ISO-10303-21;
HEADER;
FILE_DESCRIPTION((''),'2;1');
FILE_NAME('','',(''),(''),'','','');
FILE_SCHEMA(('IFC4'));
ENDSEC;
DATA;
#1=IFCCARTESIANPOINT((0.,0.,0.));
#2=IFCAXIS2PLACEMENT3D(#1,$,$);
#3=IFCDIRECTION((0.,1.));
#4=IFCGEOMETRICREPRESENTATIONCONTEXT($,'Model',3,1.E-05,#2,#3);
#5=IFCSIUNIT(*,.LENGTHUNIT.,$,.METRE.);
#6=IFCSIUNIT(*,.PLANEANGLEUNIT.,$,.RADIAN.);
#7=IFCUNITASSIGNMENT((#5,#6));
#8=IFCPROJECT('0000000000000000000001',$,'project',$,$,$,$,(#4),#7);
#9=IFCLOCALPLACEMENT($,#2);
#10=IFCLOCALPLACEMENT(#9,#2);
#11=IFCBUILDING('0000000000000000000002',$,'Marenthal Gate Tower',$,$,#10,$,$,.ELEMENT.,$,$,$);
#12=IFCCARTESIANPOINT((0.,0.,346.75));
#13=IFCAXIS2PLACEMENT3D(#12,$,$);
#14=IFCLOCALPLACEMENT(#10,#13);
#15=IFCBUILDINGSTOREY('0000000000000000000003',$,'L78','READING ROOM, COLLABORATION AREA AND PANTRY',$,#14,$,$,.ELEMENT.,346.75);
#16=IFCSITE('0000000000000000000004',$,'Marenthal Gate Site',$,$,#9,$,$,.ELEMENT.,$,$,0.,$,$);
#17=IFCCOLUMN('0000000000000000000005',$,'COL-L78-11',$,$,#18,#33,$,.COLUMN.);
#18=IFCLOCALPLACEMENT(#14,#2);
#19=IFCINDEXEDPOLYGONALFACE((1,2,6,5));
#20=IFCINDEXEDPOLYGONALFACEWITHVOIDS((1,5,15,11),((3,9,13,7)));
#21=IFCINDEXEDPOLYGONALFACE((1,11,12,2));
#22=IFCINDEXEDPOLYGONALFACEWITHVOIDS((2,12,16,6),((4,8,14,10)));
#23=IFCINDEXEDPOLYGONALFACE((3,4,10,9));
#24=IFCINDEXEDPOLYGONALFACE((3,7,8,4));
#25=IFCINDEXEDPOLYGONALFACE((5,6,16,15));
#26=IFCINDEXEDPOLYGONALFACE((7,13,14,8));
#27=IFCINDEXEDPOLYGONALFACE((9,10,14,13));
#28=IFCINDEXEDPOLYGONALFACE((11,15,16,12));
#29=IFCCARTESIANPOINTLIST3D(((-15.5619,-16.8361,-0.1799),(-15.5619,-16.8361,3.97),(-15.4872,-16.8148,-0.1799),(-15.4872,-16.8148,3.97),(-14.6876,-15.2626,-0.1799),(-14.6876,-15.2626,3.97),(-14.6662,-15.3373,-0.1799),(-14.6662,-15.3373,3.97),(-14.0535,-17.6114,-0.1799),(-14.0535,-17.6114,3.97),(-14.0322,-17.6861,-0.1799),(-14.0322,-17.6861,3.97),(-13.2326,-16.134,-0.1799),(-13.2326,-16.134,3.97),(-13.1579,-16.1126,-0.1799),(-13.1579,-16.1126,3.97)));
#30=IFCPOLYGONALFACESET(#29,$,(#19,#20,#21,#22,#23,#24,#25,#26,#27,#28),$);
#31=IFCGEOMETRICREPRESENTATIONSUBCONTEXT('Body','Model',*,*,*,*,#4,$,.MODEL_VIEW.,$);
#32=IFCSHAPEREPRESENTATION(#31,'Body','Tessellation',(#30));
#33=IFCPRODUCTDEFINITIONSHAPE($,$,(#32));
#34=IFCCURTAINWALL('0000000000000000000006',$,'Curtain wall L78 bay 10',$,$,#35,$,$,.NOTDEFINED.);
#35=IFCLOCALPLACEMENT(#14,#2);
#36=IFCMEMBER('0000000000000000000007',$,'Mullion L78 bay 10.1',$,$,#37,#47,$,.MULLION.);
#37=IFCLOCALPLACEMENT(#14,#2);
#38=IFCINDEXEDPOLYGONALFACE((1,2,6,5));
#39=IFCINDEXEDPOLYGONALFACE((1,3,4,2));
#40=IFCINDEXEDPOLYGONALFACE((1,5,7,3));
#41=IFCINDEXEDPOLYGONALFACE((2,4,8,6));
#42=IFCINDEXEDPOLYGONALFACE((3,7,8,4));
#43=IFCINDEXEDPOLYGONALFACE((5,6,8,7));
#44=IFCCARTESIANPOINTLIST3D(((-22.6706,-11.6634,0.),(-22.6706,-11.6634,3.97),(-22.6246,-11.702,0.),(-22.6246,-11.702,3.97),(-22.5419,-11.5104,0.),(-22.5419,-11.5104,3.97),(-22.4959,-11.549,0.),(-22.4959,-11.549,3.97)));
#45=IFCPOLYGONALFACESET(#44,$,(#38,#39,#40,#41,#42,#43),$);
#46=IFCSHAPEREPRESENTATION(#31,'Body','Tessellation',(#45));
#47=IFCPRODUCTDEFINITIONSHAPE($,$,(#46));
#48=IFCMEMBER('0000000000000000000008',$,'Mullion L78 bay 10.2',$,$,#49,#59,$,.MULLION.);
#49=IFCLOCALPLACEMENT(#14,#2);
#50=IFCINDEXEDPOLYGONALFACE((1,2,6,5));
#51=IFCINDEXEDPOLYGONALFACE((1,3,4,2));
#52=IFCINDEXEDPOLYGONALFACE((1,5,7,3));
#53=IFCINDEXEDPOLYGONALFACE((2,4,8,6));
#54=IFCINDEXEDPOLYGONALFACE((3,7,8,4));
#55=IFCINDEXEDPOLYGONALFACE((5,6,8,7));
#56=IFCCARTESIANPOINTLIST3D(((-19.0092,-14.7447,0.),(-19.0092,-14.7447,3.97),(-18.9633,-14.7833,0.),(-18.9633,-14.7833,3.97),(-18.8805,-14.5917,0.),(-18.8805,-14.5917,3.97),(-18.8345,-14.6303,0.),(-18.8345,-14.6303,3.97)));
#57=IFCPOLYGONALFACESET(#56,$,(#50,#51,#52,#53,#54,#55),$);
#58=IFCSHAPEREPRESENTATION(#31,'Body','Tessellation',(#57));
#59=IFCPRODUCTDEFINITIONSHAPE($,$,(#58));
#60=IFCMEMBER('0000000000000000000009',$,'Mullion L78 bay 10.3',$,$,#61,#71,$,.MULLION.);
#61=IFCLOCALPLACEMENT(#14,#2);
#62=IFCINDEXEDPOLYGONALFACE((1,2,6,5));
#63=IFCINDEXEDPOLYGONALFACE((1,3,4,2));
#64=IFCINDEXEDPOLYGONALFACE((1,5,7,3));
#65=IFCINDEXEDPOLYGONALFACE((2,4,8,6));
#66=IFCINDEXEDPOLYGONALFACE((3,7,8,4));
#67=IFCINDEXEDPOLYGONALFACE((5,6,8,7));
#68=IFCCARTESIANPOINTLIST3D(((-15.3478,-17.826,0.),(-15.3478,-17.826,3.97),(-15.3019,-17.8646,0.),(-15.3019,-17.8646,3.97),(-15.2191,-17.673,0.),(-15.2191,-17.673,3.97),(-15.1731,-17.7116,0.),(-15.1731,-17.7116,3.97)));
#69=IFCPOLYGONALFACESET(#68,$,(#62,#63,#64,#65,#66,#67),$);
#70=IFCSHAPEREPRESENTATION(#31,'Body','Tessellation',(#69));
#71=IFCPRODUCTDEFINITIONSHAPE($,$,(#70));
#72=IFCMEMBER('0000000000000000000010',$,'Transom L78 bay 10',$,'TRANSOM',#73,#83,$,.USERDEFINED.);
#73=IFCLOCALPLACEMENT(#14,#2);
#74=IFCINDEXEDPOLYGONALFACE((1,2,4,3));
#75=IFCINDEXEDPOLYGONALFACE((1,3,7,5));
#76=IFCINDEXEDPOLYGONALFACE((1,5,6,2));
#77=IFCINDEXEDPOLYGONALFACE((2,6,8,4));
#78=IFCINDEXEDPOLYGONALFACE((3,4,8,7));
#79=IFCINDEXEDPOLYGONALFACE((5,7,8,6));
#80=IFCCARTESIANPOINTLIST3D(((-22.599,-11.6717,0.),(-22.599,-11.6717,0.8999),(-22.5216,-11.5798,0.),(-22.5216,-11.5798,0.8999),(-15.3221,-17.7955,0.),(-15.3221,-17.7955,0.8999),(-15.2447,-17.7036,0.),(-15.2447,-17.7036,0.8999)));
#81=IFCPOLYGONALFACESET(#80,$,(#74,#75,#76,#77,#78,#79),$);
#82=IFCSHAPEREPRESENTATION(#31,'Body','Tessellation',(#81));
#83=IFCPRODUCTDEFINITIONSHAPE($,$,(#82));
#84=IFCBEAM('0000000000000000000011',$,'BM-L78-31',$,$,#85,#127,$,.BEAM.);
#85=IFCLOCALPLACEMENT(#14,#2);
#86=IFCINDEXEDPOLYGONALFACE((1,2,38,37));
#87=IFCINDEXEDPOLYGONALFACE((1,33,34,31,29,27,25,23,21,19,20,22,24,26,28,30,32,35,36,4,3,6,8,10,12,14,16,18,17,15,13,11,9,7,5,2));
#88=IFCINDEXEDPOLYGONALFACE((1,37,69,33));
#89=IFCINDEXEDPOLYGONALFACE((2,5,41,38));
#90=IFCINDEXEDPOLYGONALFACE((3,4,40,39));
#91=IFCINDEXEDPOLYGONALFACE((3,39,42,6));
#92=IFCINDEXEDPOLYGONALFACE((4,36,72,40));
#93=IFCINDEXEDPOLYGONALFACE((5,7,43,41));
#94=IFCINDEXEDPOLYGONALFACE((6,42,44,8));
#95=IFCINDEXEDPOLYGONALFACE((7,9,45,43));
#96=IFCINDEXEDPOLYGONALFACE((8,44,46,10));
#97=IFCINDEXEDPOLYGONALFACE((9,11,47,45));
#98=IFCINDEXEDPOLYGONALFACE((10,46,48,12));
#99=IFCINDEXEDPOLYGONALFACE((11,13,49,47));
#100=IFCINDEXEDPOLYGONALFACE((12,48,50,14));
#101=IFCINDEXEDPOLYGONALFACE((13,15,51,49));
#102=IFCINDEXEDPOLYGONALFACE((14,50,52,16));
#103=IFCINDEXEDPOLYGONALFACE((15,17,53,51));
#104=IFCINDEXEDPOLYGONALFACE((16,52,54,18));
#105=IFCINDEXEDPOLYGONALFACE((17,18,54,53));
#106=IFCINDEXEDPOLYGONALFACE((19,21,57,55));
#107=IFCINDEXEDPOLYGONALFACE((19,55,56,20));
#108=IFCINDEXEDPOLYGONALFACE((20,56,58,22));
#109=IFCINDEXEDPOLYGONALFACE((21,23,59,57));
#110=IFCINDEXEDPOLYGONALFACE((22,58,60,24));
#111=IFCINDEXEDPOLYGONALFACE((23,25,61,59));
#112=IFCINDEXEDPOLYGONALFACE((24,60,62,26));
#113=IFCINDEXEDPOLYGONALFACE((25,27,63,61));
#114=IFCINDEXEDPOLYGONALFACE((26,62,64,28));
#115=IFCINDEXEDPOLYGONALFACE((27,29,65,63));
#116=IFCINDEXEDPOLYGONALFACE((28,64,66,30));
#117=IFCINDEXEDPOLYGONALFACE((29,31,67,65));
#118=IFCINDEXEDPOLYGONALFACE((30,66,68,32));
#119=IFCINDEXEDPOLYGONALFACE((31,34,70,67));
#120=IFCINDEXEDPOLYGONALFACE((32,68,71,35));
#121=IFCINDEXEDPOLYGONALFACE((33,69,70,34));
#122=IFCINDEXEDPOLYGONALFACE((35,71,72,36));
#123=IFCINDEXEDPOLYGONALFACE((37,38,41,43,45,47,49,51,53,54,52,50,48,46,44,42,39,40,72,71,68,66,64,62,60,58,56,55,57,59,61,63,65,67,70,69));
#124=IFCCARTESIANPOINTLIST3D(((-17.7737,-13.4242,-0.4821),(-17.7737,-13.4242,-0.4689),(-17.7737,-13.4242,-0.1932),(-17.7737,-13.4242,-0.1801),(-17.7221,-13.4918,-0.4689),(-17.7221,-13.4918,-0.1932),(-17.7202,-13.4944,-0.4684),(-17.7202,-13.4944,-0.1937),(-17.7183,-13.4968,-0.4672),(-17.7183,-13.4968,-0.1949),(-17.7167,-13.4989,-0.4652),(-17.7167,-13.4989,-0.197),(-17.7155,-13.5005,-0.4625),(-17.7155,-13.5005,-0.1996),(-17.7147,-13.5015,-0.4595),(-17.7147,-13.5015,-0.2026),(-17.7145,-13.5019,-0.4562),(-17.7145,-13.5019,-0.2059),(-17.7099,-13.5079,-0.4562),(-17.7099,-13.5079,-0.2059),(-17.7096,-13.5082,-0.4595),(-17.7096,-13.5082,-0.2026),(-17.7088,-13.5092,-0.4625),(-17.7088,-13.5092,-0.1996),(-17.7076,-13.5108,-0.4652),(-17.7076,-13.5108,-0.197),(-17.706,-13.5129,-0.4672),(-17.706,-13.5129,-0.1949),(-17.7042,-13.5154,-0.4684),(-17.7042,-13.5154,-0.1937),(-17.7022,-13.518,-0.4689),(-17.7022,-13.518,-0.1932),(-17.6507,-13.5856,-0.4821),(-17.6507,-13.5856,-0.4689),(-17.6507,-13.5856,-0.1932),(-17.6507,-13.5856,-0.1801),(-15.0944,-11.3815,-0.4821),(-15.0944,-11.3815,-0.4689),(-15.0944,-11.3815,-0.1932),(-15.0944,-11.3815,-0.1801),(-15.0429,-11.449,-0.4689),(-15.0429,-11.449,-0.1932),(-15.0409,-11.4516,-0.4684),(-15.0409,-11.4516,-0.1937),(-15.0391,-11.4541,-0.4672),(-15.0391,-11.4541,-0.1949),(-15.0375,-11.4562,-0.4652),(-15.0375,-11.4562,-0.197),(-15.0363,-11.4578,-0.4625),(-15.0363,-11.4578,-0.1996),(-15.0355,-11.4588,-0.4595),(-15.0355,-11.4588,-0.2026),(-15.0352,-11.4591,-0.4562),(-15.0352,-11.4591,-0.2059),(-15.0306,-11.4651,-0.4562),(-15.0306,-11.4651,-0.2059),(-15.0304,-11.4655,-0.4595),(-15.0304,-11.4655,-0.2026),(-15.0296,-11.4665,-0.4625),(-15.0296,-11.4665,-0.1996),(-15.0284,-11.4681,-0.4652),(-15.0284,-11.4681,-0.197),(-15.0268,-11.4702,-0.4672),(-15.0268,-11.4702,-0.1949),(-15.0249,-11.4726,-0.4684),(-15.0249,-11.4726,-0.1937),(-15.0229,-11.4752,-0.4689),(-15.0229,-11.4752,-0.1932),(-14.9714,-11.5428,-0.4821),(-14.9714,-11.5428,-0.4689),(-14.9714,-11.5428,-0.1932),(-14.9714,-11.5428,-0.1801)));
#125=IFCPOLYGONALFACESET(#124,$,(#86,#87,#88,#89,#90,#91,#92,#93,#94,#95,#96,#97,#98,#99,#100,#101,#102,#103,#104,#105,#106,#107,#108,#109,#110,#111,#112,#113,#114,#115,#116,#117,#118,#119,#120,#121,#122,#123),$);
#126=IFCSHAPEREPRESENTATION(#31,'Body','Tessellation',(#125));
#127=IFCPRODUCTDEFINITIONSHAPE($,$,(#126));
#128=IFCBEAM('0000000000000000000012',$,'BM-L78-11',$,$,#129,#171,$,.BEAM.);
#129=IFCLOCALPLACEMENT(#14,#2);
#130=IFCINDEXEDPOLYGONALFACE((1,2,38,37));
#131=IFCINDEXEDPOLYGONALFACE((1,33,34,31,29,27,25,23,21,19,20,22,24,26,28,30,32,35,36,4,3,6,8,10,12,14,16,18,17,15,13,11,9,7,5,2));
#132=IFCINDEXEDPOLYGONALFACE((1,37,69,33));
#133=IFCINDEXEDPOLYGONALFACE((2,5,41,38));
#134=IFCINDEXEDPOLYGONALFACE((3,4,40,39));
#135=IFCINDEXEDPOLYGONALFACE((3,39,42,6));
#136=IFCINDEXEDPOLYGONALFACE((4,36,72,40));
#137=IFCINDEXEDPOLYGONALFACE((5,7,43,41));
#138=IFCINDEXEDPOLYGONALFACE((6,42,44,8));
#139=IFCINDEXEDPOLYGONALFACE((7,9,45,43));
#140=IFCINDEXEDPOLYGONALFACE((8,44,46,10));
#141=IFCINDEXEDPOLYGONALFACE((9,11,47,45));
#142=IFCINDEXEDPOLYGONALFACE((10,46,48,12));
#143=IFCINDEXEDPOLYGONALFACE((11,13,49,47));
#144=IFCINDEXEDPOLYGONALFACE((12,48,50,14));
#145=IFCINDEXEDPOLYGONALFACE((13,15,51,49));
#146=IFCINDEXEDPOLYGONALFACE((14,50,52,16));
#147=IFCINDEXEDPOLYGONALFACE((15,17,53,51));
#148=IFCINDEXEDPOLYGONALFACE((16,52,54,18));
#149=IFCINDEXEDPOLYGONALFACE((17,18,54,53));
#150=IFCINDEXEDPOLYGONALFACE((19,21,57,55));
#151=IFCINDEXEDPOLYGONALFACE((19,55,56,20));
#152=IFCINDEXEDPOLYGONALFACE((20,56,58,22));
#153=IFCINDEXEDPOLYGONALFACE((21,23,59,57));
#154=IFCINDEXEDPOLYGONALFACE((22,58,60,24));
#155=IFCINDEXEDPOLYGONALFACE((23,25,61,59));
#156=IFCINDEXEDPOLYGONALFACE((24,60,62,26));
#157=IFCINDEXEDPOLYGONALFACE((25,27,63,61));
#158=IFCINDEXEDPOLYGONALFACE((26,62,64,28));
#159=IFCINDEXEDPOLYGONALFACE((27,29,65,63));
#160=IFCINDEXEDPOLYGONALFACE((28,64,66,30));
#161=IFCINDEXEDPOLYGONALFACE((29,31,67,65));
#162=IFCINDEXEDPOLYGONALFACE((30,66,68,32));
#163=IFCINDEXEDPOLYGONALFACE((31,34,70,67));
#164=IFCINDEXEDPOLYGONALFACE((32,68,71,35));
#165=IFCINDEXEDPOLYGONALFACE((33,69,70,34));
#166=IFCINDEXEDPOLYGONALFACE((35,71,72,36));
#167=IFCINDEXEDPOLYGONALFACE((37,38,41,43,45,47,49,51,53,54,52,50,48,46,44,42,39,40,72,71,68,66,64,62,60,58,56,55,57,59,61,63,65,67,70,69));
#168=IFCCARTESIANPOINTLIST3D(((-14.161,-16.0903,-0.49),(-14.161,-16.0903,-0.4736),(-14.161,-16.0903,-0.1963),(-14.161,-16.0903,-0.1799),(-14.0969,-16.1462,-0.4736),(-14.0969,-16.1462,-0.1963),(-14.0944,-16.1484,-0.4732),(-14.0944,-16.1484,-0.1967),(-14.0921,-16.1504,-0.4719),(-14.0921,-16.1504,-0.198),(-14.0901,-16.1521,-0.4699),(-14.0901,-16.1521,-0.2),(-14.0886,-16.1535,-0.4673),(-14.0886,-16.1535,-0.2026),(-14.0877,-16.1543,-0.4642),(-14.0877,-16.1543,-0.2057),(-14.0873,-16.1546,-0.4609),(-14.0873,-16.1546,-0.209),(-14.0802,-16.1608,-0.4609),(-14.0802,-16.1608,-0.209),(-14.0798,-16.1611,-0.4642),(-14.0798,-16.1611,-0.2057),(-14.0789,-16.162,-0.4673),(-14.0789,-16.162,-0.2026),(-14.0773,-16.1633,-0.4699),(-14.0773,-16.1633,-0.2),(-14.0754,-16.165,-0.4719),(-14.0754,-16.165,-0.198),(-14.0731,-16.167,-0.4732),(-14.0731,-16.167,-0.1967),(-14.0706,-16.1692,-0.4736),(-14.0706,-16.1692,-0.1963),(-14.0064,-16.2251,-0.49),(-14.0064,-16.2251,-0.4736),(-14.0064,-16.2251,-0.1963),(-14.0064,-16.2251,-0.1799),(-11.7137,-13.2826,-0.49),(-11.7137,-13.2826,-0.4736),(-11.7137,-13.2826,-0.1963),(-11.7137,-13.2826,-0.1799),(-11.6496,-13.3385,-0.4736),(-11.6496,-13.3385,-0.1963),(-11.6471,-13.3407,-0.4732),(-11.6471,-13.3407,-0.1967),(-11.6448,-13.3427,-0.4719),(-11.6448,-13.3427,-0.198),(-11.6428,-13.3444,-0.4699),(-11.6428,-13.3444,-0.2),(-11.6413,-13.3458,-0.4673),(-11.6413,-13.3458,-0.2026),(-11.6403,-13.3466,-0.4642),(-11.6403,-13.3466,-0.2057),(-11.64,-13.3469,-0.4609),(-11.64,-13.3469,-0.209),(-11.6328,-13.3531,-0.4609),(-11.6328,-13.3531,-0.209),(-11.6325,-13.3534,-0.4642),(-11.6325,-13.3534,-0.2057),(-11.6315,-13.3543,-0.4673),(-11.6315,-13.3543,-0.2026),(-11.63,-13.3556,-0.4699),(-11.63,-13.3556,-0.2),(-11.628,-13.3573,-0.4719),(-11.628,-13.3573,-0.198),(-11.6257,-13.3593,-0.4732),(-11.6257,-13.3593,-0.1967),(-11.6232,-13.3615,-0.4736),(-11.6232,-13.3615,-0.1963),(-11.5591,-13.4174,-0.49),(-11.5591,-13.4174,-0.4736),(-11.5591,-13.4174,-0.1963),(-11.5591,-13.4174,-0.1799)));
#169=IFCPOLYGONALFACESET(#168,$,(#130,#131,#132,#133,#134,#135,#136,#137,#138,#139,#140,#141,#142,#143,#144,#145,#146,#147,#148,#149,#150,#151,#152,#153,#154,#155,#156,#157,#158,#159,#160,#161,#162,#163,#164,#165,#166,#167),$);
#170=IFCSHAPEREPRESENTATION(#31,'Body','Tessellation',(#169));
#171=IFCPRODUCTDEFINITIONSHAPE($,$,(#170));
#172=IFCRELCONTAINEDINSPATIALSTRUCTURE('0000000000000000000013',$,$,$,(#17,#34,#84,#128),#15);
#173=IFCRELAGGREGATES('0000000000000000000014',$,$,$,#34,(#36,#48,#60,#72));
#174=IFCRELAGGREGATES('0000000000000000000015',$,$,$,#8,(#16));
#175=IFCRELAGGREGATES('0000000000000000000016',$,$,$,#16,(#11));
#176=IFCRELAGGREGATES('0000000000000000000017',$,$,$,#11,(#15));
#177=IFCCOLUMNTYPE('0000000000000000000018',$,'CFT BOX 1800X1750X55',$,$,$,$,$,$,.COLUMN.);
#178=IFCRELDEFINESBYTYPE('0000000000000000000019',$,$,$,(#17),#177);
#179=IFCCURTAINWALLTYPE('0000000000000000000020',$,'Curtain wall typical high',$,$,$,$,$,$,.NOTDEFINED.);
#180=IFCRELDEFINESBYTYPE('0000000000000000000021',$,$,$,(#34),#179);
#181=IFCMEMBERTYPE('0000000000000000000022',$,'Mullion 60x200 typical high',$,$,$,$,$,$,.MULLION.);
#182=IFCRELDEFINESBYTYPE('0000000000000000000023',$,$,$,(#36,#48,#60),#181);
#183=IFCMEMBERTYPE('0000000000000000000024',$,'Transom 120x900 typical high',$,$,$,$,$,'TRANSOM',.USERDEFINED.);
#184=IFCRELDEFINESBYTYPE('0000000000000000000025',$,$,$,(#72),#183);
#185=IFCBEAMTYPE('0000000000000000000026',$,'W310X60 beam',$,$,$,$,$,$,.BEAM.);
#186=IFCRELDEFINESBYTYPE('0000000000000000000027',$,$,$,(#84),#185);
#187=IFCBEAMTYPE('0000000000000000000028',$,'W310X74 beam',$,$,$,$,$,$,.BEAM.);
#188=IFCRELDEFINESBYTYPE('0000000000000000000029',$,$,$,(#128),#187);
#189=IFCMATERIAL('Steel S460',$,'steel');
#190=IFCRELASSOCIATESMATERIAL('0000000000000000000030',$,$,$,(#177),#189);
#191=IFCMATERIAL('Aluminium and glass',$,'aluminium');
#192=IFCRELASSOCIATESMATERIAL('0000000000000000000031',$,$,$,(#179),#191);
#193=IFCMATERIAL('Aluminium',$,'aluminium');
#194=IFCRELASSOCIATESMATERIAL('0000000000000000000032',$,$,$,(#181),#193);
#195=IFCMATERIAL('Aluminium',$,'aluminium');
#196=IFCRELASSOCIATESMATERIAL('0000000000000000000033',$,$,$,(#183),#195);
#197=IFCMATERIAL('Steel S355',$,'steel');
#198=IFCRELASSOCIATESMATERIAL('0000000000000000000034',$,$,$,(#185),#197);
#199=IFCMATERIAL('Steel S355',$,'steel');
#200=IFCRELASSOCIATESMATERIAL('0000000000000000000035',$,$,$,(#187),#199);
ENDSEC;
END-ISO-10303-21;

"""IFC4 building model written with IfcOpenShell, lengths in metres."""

from ifc_helpers import new_model, si_unit, direction, frame, origin, origin_2d, place, context, subcontext, project, spatial, rectangle, hollow_rectangle, i_section, extrude, material, material_profile, profile_set, type_object, element, aggregate, save


model = new_model("IFC4")

# Units and contexts
model_context = context("Model", 3, precision=1e-05, world=origin(), true_north=direction((0.0, 1.0)))
body_context = subcontext(model_context, "Body", "Model", "MODEL_VIEW")
ifc_project = project(units=[si_unit("LENGTHUNIT", "METRE"), si_unit("PLANEANGLEUNIT", "RADIAN")], contexts=[model_context])

# Site, building, storey
site_placement = place(None, origin())
site = spatial("IfcSite", under=ifc_project, at=site_placement, Name="Marenthal Gate Site", CompositionType="ELEMENT", RefElevation=0.0)
building_placement = place(site_placement, origin())
building = spatial("IfcBuilding", under=site, at=building_placement, Name="Marenthal Gate Tower", CompositionType="ELEMENT")
storey_placement = place(building_placement, frame((0.0, 0.0, 346.75)))
storey = spatial("IfcBuildingStorey", under=building, at=storey_placement, Name="L78", Description="READING ROOM, COLLABORATION AREA AND PANTRY", CompositionType="ELEMENT", Elevation=346.75)

# Column
ifc_material_1 = material(Name="Steel S460", Category="steel")
ifc_material_profile_1 = material_profile(ifc_material_1, hollow_rectangle(XDim=1.75, YDim=1.8, WallThickness=0.0549, at=origin_2d()), Name="CFT BOX 1800X1750X55")
ifc_material_2 = material(Name="Concrete 70 MPa", Category="concrete")
ifc_material_profile_2 = material_profile(ifc_material_2, rectangle(XDim=1.6399, YDim=1.6899, at=origin_2d()), Name="CFT BOX 1800X1750X55 INFILL")
ifc_profile_set_1 = profile_set([ifc_material_profile_1, ifc_material_profile_2], Name="Steel S460 shell, Concrete 70 MPa infill")
column_type = type_object("IfcColumnType", Name="CFT BOX 1800X1750X55", PredefinedType="COLUMN", material=ifc_profile_set_1)
column_placement = place(storey_placement, frame((-14.3599, -16.4744, -0.1799), z_axis=(0.0, 0.0, 1.0), x_axis=(-0.874116, 0.485718, 0.0)))
element("IfcColumn", 1, at=column_placement, inside=storey, type_object=column_type, Name="COL-L78-11", PredefinedType="COLUMN", context=body_context, shape_type="SweptSolid", body=[
    extrude(hollow_rectangle(XDim=1.75, YDim=1.8, WallThickness=0.0549, at=origin_2d()), origin(), (0.0, 0.0, 1.0), 4.1499),
])

# Curtain wall, members
ifc_material_3 = material(Name="Aluminium and glass", Category="aluminium")
curtain_wall_type = type_object("IfcCurtainWallType", Name="Curtain wall typical high", PredefinedType="NOTDEFINED", material=ifc_material_3)
curtain_wall_placement = place(storey_placement, origin())
curtain_wall = element("IfcCurtainWall", 2, at=curtain_wall_placement, inside=storey, type_object=curtain_wall_type, Name="Curtain wall L78 bay 10", PredefinedType="NOTDEFINED")
ifc_material_4 = material(Name="Aluminium", Category="aluminium")
ifc_material_profile_3 = material_profile(ifc_material_4, rectangle(XDim=0.2, YDim=0.0601, at=origin_2d()), Name="60x200 aluminium mullion")
ifc_profile_set_2 = profile_set([ifc_material_profile_3], Name="Aluminium")
member_type_1 = type_object("IfcMemberType", Name="Mullion 60x200 typical high", PredefinedType="MULLION", material=ifc_profile_set_2)
member_1_placement = place(storey_placement, frame((-22.5833, -11.6062, 0.0), z_axis=(0.0, 0.0, 1.0), x_axis=(0.643896, 0.765113, 0.0)))
member_1 = element("IfcMember", 3, at=member_1_placement, type_object=member_type_1, Name="Mullion L78 bay 10.1", PredefinedType="MULLION", context=body_context, shape_type="SweptSolid", body=[
    extrude(rectangle(XDim=0.2, YDim=0.0601, at=origin_2d()), origin(), (0.0, 0.0, 1.0), 3.97),
])
member_2_placement = place(storey_placement, frame((-18.9219, -14.6875, 0.0), z_axis=(0.0, 0.0, 1.0), x_axis=(0.643896, 0.765113, 0.0)))
member_2 = element("IfcMember", 4, at=member_2_placement, type_object=member_type_1, Name="Mullion L78 bay 10.2", PredefinedType="MULLION", context=body_context, shape_type="SweptSolid", body=[
    extrude(rectangle(XDim=0.2, YDim=0.0601, at=origin_2d()), origin(), (0.0, 0.0, 1.0), 3.97),
])
member_3_placement = place(storey_placement, frame((-15.2605, -17.7688, 0.0), z_axis=(0.0, 0.0, 1.0), x_axis=(0.643896, 0.765113, 0.0)))
member_3 = element("IfcMember", 5, at=member_3_placement, type_object=member_type_1, Name="Mullion L78 bay 10.3", PredefinedType="MULLION", context=body_context, shape_type="SweptSolid", body=[
    extrude(rectangle(XDim=0.2, YDim=0.0601, at=origin_2d()), origin(), (0.0, 0.0, 1.0), 3.97),
])
ifc_material_5 = material(Name="Aluminium", Category="aluminium")
ifc_material_profile_4 = material_profile(ifc_material_5, rectangle(XDim=0.1201, YDim=0.8999, at=origin_2d()), Name="120x900 aluminium transom")
ifc_profile_set_3 = profile_set([ifc_material_profile_4], Name="Aluminium")
member_type_2 = type_object("IfcMemberType", Name="Transom 120x900 typical high", ElementType="TRANSOM", PredefinedType="USERDEFINED", material=ifc_profile_set_3)
member_4_placement = place(storey_placement, frame((-22.5603, -11.6257, 0.45), z_axis=(0.765124, -0.643884, 0.0), x_axis=(0.643884, 0.765124, 0.0)))
member_4 = element("IfcMember", 6, at=member_4_placement, type_object=member_type_2, Name="Transom L78 bay 10", ObjectType="TRANSOM", PredefinedType="USERDEFINED", context=body_context, shape_type="SweptSolid", body=[
    extrude(rectangle(XDim=0.1201, YDim=0.8999, at=origin_2d()), origin(), (0.0, 0.0, 1.0), 9.5107),
])

# Beams
ifc_material_6 = material(Name="Steel S355", Category="steel")
ifc_material_profile_5 = material_profile(ifc_material_6, i_section(OverallWidth=0.2029, OverallDepth=0.302, WebThickness=0.0076, FlangeThickness=0.0132, FilletRadius=0.0127, at=origin_2d()), Name="W310X60")
ifc_profile_set_4 = profile_set([ifc_material_profile_5], Name="Steel S355")
beam_type_1 = type_object("IfcBeamType", Name="W310X60 beam", PredefinedType="BEAM", material=ifc_profile_set_4)
beam_1_placement = place(storey_placement, frame((-17.7122, -13.5049, -0.3311), z_axis=(0.795227, 0.606312, 0.0), x_axis=(-0.606312, 0.795227, 0.0)))
element("IfcBeam", 7, at=beam_1_placement, inside=storey, type_object=beam_type_1, Name="BM-L78-31", PredefinedType="BEAM", context=body_context, shape_type="SweptSolid", body=[
    extrude(i_section(OverallWidth=0.2029, OverallDepth=0.302, WebThickness=0.0076, FlangeThickness=0.0132, FilletRadius=0.0127, at=origin_2d()), origin(), (0.0, 0.0, 1.0), 3.3691),
])
ifc_material_7 = material(Name="Steel S355", Category="steel")
ifc_material_profile_6 = material_profile(ifc_material_7, i_section(OverallWidth=0.2051, OverallDepth=0.3101, WebThickness=0.0095, FlangeThickness=0.0164, FilletRadius=0.0127, at=origin_2d()), Name="W310X74")
ifc_profile_set_5 = profile_set([ifc_material_profile_6], Name="Steel S355")
beam_type_2 = type_object("IfcBeamType", Name="W310X74 beam", PredefinedType="BEAM", material=ifc_profile_set_5)
beam_2_placement = place(storey_placement, frame((-14.0837, -16.1577, -0.335), z_axis=(0.657074, 0.753826, 0.0), x_axis=(-0.753826, 0.657074, 0.0)))
element("IfcBeam", 8, at=beam_2_placement, inside=storey, type_object=beam_type_2, Name="BM-L78-11", PredefinedType="BEAM", context=body_context, shape_type="SweptSolid", body=[
    extrude(i_section(OverallWidth=0.2051, OverallDepth=0.3101, WebThickness=0.0095, FlangeThickness=0.0164, FilletRadius=0.0127, at=origin_2d()), origin(), (0.0, 0.0, 1.0), 3.7246),
])

aggregate(curtain_wall, [member_1, member_2, member_3, member_4])

save(model, "model.ifc")
